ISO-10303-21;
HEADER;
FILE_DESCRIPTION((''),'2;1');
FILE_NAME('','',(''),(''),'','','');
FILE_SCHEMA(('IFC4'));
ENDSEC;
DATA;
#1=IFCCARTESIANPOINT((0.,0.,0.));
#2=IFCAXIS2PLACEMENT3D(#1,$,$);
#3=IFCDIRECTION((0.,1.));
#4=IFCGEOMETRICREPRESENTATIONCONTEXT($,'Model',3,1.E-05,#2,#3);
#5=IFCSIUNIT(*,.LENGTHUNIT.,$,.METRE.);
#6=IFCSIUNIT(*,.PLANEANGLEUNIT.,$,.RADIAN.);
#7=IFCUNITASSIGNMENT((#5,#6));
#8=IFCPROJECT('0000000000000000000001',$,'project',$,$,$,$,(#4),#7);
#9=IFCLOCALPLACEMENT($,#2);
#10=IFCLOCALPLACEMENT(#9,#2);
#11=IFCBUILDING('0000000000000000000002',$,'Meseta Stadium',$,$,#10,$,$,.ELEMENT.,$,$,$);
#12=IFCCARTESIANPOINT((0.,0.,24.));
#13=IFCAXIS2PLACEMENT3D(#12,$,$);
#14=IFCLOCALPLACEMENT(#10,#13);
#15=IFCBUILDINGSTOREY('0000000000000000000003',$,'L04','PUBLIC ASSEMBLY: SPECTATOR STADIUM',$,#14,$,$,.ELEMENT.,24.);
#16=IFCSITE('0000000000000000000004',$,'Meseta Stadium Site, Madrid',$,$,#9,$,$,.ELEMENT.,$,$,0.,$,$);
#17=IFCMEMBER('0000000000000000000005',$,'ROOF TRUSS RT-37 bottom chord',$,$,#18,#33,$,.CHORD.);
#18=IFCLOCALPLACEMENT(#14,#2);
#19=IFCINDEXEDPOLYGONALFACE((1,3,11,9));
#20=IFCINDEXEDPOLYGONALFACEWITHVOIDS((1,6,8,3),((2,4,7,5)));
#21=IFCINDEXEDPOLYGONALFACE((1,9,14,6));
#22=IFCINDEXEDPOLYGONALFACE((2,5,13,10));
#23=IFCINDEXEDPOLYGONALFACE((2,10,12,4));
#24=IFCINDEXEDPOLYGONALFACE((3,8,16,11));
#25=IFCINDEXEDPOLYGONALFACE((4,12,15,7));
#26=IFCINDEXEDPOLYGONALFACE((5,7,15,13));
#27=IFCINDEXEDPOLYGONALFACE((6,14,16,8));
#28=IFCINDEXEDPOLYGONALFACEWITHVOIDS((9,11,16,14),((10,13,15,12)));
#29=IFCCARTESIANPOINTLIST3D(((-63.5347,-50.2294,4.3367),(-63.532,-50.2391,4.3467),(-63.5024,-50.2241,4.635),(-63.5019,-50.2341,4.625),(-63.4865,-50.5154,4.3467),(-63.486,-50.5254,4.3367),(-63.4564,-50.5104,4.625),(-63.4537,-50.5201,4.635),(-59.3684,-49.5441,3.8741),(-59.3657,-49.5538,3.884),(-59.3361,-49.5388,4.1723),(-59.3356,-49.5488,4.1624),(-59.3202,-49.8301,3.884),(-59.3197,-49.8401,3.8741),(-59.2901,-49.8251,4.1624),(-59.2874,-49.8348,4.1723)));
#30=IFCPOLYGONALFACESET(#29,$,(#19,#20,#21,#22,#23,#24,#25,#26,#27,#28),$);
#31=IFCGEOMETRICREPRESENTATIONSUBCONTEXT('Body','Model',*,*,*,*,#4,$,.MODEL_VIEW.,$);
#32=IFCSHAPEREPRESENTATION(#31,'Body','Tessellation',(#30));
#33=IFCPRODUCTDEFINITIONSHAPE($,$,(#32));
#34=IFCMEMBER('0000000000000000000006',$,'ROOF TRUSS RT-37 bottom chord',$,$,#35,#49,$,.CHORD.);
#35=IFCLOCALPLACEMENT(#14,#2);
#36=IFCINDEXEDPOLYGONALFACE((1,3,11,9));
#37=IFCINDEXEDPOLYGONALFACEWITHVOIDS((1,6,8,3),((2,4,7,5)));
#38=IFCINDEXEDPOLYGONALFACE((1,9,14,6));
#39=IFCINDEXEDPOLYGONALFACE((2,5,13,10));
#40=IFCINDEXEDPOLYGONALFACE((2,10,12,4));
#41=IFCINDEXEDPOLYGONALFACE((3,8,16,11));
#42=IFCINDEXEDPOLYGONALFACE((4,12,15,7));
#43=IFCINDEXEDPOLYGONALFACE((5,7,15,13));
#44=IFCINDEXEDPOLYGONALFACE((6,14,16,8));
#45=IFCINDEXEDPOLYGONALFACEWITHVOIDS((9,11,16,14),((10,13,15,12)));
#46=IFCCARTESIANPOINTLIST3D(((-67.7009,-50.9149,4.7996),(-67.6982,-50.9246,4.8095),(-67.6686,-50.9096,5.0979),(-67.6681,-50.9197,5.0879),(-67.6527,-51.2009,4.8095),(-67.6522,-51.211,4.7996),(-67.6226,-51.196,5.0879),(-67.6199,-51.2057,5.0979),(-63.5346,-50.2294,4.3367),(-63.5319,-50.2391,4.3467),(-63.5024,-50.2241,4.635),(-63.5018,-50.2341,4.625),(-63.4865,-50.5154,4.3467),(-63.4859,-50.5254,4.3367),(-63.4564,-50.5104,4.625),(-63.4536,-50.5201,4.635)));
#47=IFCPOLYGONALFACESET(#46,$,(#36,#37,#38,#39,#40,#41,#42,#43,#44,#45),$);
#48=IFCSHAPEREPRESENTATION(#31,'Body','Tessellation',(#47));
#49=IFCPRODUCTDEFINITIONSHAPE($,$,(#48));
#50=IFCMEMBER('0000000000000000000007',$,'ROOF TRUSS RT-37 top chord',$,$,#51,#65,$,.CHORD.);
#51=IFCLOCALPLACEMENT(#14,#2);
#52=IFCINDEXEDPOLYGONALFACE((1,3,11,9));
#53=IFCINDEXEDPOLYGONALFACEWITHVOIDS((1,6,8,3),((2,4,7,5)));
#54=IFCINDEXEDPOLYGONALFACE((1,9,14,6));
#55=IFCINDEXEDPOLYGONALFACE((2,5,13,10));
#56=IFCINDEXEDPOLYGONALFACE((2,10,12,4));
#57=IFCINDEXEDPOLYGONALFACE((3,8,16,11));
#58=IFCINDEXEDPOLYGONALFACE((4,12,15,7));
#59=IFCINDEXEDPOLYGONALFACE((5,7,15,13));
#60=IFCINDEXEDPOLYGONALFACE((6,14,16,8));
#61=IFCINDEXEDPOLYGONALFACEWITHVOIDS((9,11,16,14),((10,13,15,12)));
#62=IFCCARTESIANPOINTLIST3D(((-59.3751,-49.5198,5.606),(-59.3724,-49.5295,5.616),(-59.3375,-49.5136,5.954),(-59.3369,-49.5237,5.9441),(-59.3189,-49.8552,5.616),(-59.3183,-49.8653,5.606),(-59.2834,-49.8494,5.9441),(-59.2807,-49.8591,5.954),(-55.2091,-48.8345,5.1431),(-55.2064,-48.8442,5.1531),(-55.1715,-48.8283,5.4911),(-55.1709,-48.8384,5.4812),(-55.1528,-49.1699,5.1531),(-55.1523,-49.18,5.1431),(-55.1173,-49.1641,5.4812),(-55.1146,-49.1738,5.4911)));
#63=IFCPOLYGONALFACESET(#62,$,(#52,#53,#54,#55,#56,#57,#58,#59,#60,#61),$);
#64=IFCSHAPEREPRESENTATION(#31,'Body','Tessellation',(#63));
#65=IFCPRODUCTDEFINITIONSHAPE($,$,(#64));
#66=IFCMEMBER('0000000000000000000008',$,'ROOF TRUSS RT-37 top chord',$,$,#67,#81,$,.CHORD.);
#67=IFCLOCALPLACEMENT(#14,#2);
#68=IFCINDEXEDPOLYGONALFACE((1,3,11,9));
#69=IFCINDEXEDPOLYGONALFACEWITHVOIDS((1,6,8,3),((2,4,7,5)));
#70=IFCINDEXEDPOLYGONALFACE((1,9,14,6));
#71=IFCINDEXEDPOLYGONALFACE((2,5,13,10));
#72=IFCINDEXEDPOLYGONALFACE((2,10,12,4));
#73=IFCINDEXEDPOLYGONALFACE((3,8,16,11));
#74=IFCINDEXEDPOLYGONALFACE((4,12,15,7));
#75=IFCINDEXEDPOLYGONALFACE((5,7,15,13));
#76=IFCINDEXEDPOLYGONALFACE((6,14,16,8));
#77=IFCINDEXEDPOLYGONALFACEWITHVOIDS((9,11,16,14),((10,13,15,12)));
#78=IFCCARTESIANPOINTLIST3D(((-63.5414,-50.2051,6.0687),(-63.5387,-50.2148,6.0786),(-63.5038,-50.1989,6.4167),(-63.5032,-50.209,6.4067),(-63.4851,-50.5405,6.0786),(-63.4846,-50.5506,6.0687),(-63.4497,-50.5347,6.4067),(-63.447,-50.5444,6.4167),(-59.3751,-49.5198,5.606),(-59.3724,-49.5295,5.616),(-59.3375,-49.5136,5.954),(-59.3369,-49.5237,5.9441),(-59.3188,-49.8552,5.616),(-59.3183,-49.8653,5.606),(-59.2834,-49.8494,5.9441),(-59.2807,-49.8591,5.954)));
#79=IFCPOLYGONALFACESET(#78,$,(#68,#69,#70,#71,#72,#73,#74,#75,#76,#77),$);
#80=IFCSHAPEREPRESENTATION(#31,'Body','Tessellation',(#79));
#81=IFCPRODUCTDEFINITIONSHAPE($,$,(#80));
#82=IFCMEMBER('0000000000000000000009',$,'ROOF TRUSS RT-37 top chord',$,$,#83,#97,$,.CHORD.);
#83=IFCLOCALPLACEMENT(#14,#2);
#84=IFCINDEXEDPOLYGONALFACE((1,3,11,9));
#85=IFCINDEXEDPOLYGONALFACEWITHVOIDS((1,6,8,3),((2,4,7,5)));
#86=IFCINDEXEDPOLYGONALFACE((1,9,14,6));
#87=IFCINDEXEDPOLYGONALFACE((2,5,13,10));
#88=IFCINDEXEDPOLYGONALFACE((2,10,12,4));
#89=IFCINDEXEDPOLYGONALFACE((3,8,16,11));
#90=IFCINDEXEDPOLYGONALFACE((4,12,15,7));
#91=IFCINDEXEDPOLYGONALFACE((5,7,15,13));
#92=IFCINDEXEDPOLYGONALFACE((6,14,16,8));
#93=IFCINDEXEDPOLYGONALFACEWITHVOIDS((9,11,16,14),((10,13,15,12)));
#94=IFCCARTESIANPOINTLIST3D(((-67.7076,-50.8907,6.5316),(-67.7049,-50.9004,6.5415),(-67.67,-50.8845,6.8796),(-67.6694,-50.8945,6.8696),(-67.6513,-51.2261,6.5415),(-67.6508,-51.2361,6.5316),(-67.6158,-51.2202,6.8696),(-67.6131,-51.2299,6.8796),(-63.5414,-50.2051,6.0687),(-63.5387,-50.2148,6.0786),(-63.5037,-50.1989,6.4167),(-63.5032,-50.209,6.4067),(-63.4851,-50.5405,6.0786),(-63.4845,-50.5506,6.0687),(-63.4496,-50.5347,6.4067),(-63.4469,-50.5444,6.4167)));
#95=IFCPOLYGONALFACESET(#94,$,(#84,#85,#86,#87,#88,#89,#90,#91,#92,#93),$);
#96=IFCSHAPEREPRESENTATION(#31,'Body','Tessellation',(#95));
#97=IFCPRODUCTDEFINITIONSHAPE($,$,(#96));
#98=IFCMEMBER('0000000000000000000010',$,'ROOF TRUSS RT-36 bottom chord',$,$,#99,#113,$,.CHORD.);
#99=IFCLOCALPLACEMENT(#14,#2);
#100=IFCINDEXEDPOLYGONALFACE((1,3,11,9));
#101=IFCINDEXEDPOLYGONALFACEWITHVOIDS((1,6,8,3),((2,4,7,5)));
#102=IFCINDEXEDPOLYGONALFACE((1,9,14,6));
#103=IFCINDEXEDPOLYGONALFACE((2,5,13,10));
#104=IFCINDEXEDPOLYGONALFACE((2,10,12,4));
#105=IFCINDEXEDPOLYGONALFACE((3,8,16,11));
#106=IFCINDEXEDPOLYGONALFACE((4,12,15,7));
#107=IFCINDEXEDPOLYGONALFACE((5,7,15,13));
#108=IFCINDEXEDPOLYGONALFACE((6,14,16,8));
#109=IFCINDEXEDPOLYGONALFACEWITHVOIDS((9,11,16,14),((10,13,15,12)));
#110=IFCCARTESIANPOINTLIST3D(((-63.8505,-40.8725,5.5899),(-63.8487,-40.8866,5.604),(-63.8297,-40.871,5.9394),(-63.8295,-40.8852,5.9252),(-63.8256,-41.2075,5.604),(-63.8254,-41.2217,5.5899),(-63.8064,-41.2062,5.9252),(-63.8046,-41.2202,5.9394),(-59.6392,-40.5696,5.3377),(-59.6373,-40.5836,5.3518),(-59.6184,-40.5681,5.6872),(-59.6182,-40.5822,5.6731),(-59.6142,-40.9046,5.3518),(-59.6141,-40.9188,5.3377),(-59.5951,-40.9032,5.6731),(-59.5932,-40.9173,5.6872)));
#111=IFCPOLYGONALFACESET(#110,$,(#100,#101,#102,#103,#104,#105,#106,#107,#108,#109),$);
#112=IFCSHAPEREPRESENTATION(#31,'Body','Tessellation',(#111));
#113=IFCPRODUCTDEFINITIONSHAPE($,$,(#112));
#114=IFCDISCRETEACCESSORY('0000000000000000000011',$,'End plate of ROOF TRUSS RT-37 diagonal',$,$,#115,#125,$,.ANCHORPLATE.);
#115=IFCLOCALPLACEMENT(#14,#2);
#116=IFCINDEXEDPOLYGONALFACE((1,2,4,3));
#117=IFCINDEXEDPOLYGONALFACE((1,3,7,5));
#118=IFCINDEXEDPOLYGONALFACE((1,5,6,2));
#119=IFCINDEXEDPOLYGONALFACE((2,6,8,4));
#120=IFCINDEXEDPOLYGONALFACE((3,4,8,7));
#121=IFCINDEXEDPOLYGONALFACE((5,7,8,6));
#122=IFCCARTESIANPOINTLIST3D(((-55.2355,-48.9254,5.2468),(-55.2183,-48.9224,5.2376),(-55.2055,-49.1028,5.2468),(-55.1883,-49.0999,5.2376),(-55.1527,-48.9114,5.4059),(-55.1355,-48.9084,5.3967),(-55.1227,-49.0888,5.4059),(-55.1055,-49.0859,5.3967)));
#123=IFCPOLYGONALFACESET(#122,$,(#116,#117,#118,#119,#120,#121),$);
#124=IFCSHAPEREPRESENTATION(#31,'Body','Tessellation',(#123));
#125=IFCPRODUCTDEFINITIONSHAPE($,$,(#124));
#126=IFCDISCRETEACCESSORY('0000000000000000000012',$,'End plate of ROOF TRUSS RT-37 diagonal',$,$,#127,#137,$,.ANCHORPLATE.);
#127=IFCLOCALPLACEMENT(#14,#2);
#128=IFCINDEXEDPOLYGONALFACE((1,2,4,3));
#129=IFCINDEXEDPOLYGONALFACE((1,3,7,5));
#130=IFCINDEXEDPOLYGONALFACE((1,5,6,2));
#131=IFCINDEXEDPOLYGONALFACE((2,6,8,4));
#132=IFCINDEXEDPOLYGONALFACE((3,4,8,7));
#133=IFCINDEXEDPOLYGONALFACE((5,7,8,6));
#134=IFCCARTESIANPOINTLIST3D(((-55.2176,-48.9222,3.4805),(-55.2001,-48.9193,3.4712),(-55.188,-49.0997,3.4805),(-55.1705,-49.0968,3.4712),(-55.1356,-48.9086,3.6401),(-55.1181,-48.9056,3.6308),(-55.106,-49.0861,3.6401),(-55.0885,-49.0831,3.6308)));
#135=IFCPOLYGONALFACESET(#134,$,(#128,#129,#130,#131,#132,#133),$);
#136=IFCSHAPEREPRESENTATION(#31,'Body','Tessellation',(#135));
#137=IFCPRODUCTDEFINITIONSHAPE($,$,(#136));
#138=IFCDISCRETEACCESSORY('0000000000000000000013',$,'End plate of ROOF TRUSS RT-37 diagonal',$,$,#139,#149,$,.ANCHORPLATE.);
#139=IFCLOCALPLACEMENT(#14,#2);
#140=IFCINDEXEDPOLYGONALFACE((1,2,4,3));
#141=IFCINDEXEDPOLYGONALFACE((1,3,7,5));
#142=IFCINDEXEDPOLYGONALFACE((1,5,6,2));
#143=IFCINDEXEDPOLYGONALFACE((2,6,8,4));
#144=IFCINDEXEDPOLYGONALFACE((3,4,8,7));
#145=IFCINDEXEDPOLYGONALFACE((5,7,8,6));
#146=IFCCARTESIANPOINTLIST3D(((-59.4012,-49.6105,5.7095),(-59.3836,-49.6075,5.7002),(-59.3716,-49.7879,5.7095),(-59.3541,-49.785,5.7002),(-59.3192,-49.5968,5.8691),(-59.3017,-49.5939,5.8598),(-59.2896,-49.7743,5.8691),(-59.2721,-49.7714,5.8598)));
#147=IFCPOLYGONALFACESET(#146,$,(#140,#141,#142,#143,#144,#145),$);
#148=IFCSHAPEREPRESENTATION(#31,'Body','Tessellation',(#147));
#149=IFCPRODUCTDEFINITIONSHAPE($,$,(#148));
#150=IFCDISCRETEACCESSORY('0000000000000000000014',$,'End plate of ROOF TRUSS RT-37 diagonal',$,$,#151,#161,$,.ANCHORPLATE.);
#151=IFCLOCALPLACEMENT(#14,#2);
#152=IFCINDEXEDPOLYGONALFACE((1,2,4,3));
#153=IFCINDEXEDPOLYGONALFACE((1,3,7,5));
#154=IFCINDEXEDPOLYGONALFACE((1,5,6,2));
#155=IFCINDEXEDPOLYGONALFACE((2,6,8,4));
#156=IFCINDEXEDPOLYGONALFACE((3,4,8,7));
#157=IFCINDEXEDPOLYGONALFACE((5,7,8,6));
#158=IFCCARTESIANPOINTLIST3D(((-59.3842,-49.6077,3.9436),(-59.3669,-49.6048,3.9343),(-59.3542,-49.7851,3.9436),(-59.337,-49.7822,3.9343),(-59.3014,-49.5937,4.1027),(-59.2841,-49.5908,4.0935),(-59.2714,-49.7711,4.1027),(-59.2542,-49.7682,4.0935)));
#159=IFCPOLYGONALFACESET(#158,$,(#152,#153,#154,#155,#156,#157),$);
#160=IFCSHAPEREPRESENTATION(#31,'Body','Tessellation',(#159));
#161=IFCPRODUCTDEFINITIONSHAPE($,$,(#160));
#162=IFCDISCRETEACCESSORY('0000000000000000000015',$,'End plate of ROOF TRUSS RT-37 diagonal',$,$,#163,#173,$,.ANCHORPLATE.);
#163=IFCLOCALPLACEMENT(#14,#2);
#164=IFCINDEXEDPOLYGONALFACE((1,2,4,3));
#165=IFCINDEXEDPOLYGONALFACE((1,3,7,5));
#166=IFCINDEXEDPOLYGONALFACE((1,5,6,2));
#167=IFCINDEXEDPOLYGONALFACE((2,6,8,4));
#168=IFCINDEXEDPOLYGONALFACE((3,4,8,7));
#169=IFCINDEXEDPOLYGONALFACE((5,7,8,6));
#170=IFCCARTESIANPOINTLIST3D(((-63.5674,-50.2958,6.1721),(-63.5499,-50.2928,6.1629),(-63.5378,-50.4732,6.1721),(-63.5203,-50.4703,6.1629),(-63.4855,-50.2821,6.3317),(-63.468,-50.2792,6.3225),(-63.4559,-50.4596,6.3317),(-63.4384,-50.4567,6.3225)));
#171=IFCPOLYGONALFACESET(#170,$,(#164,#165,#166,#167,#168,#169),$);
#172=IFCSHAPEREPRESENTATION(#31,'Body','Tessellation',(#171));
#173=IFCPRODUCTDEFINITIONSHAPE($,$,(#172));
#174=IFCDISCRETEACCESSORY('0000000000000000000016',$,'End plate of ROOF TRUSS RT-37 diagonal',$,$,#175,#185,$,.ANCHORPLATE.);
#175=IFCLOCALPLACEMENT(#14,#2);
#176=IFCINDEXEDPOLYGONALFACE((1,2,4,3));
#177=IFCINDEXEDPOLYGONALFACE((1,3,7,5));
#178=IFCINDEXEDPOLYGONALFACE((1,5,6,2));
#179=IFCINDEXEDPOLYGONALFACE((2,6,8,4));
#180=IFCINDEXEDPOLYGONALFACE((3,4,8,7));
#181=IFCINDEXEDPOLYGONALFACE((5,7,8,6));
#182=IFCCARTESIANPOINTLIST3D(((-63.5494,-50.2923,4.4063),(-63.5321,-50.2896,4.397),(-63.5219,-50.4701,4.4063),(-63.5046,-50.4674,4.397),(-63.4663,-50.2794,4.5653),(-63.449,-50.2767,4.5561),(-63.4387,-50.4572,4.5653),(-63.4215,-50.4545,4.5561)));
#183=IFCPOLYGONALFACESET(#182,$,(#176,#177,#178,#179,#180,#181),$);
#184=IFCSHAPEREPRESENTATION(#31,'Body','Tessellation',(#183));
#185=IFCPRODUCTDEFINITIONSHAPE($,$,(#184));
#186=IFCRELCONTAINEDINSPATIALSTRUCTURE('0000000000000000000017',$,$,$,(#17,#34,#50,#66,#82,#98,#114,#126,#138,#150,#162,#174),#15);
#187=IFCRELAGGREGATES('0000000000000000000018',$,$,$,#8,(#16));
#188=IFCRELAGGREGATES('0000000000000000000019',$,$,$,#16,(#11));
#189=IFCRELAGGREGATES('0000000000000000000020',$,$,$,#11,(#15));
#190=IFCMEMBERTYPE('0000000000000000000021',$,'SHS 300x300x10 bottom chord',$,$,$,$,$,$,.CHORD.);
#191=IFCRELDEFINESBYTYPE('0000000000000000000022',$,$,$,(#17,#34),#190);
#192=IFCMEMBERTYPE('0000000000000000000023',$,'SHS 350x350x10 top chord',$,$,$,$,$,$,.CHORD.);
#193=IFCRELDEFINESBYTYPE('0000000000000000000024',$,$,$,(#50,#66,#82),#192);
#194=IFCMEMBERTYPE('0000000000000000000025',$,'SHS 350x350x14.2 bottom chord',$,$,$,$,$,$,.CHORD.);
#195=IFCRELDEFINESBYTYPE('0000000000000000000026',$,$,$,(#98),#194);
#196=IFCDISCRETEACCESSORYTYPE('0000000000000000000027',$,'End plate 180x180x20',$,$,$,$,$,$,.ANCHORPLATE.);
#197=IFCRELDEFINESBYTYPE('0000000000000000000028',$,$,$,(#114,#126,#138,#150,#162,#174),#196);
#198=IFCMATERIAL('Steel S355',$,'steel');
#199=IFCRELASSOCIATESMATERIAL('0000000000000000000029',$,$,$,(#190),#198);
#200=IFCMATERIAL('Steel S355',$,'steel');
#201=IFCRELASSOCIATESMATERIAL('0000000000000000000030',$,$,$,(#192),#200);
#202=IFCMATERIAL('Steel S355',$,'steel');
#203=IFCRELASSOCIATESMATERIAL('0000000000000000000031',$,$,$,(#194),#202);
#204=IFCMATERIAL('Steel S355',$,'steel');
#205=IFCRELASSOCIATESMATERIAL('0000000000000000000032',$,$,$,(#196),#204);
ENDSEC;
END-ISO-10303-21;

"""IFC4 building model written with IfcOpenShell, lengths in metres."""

from ifc_helpers import new_model, si_unit, direction, frame, origin, origin_2d, place, context, subcontext, project, spatial, rectangle, hollow_rectangle, extrude, material, material_profile, profile_set, type_object, element, save


model = new_model("IFC4")

# Units and contexts
model_context = context("Model", 3, precision=1e-05, world=origin(), true_north=direction((0.0, 1.0)))
body_context = subcontext(model_context, "Body", "Model", "MODEL_VIEW")
ifc_project = project(units=[si_unit("LENGTHUNIT", "METRE"), si_unit("PLANEANGLEUNIT", "RADIAN")], contexts=[model_context])

# Site, building, storey
site_placement = place(None, origin())
site = spatial("IfcSite", under=ifc_project, at=site_placement, Name="Meseta Stadium Site, Madrid", CompositionType="ELEMENT", RefElevation=0.0)
building_placement = place(site_placement, origin())
building = spatial("IfcBuilding", under=site, at=building_placement, Name="Meseta Stadium", CompositionType="ELEMENT")
storey_placement = place(building_placement, frame((0.0, 0.0, 24.0)))
storey = spatial("IfcBuildingStorey", under=building, at=storey_placement, Name="L04", Description="PUBLIC ASSEMBLY: SPECTATOR STADIUM", CompositionType="ELEMENT", Elevation=24.0)

# Members
ifc_material_1 = material(Name="Steel S355", Category="steel")
ifc_material_profile_1 = material_profile(ifc_material_1, hollow_rectangle(XDim=0.3, YDim=0.3, WallThickness=0.01, at=origin_2d()), Name="SHS 300x300x10")
ifc_profile_set_1 = profile_set([ifc_material_profile_1], Name="Steel S355")
member_type_1 = type_object("IfcMemberType", Name="SHS 300x300x10 bottom chord", PredefinedType="CHORD", material=ifc_profile_set_1)
for number, where, z_axis, x_axis, name in (
    (1, (-59.3279, -49.6895, 4.0232), (-0.980869, -0.161342, 0.108922), (0.162308, -0.98674, 0.0), "ROOF TRUSS RT-37 bottom chord"),
    (2, (-63.4941, -50.3748, 4.4858), (-0.980854, -0.161397, 0.108977), (0.162364, -0.986731, 0.0), "ROOF TRUSS RT-37 bottom chord"),
):
    element("IfcMember", number, at=place(storey_placement, frame(where, z_axis=z_axis, x_axis=x_axis)), inside=storey, type_object=member_type_1, Name=name, PredefinedType="CHORD", context=body_context, shape_type="SweptSolid", body=[
        extrude(hollow_rectangle(XDim=0.3, YDim=0.3, WallThickness=0.01, at=origin_2d()), origin(), (0.0, 0.0, 1.0), 4.2476),
    ])
ifc_material_2 = material(Name="Steel S355", Category="steel")
ifc_material_profile_2 = material_profile(ifc_material_2, hollow_rectangle(XDim=0.3501, YDim=0.3501, WallThickness=0.01, at=origin_2d()), Name="SHS 350x350x10")
ifc_profile_set_2 = profile_set([ifc_material_profile_2], Name="Steel S355")
member_type_2 = type_object("IfcMemberType", Name="SHS 350x350x10 top chord", PredefinedType="CHORD", material=ifc_profile_set_2)
member_1_placement = place(storey_placement, frame((-55.1619, -49.0042, 5.3171), z_axis=(-0.980861, -0.16135, 0.108985), x_axis=(0.162317, -0.986739, 0.0)))
element("IfcMember", 3, at=member_1_placement, inside=storey, type_object=member_type_2, Name="ROOF TRUSS RT-37 top chord", PredefinedType="CHORD", context=body_context, shape_type="SweptSolid", body=[
    extrude(hollow_rectangle(XDim=0.3501, YDim=0.3501, WallThickness=0.01, at=origin_2d()), origin(), (0.0, 0.0, 1.0), 4.2473),
])
for number, where, z_axis, x_axis, name in (
    (4, (-59.3279, -49.6895, 5.78), (-0.980869, -0.161342, 0.108922), (0.162308, -0.98674, 0.0), "ROOF TRUSS RT-37 top chord"),
    (5, (-63.4941, -50.3748, 6.2427), (-0.980854, -0.161397, 0.108977), (0.162364, -0.986731, 0.0), "ROOF TRUSS RT-37 top chord"),
):
    element("IfcMember", number, at=place(storey_placement, frame(where, z_axis=z_axis, x_axis=x_axis)), inside=storey, type_object=member_type_2, Name=name, PredefinedType="CHORD", context=body_context, shape_type="SweptSolid", body=[
        extrude(hollow_rectangle(XDim=0.3501, YDim=0.3501, WallThickness=0.01, at=origin_2d()), origin(), (0.0, 0.0, 1.0), 4.2476),
    ])
ifc_material_3 = material(Name="Steel S355", Category="steel")
ifc_material_profile_3 = material_profile(ifc_material_3, hollow_rectangle(XDim=0.3501, YDim=0.3501, WallThickness=0.0142, at=origin_2d()), Name="SHS 350x350x14.2")
ifc_profile_set_3 = profile_set([ifc_material_profile_3], Name="Steel S355")
member_type_3 = type_object("IfcMemberType", Name="SHS 350x350x14.2 bottom chord", PredefinedType="CHORD", material=ifc_profile_set_3)
member_2_placement = place(storey_placement, frame((-59.6162, -40.7434, 5.5125), z_axis=(-0.995648, -0.071629, 0.059623), x_axis=(0.071757, -0.997422, 0.0)))
element("IfcMember", 6, at=member_2_placement, inside=storey, type_object=member_type_3, Name="ROOF TRUSS RT-36 bottom chord", PredefinedType="CHORD", context=body_context, shape_type="SweptSolid", body=[
    extrude(hollow_rectangle(XDim=0.3501, YDim=0.3501, WallThickness=0.0142, at=origin_2d()), origin(), (0.0, 0.0, 1.0), 4.2297),
])

# Discrete accessories
ifc_material_4 = material(Name="Steel S355", Category="steel")
ifc_material_profile_4 = material_profile(ifc_material_4, rectangle(XDim=0.1799, YDim=0.1799, at=origin_2d()), Name="PL 180x180")
ifc_profile_set_4 = profile_set([ifc_material_profile_4], Name="Steel S355")
discrete_accessory_type_1 = type_object("IfcDiscreteAccessoryType", Name="End plate 180x180x20", PredefinedType="ANCHORPLATE", material=ifc_profile_set_4)
discrete_accessory_1_placement = place(storey_placement, frame((-55.1619, -49.0042, 5.3171), z_axis=(-0.872036, -0.147386, 0.466723), x_axis=(0.166651, -0.986016, 0.0)))
element("IfcDiscreteAccessory", 7, at=discrete_accessory_1_placement, inside=storey, type_object=discrete_accessory_type_1, Name="End plate of ROOF TRUSS RT-37 diagonal", PredefinedType="ANCHORPLATE", context=body_context, shape_type="SweptSolid", body=[
    extrude(rectangle(XDim=0.1799, YDim=0.1799, at=origin_2d()), origin(), (0.0, 0.0, 1.0), 0.0198),
])
for number, where, z_axis, x_axis, name in (
    (8, (-55.1443, -49.0012, 3.551), (-0.874931, -0.145822, 0.461769), (0.164399, -0.986394, 0.0), "End plate of ROOF TRUSS RT-37 diagonal"),
    (9, (-59.3279, -49.6895, 5.78), (-0.874931, -0.145822, 0.461769), (0.164399, -0.986394, 0.0), "End plate of ROOF TRUSS RT-37 diagonal"),
):
    element("IfcDiscreteAccessory", number, at=place(storey_placement, frame(where, z_axis=z_axis, x_axis=x_axis)), inside=storey, type_object=discrete_accessory_type_1, Name=name, PredefinedType="ANCHORPLATE", context=body_context, shape_type="SweptSolid", body=[
        extrude(rectangle(XDim=0.1799, YDim=0.1799, at=origin_2d()), origin(), (0.0, 0.0, 1.0), 0.02),
    ])
discrete_accessory_2_placement = place(storey_placement, frame((-59.3105, -49.6865, 4.0139), z_axis=(-0.872036, -0.147386, 0.466723), x_axis=(0.166651, -0.986016, 0.0)))
element("IfcDiscreteAccessory", 10, at=discrete_accessory_2_placement, inside=storey, type_object=discrete_accessory_type_1, Name="End plate of ROOF TRUSS RT-37 diagonal", PredefinedType="ANCHORPLATE", context=body_context, shape_type="SweptSolid", body=[
    extrude(rectangle(XDim=0.1799, YDim=0.1799, at=origin_2d()), origin(), (0.0, 0.0, 1.0), 0.0198),
])
discrete_accessory_3_placement = place(storey_placement, frame((-63.4941, -50.3748, 6.2427), z_axis=(-0.874931, -0.145822, 0.461769), x_axis=(0.164399, -0.986394, 0.0)))
element("IfcDiscreteAccessory", 11, at=discrete_accessory_3_placement, inside=storey, type_object=discrete_accessory_type_1, Name="End plate of ROOF TRUSS RT-37 diagonal", PredefinedType="ANCHORPLATE", context=body_context, shape_type="SweptSolid", body=[
    extrude(rectangle(XDim=0.1799, YDim=0.1799, at=origin_2d()), origin(), (0.0, 0.0, 1.0), 0.02),
])
discrete_accessory_4_placement = place(storey_placement, frame((-63.4768, -50.3721, 4.4766), z_axis=(-0.873553, -0.135339, 0.467535), x_axis=(0.153103, -0.98821, 0.0)))
element("IfcDiscreteAccessory", 12, at=discrete_accessory_4_placement, inside=storey, type_object=discrete_accessory_type_1, Name="End plate of ROOF TRUSS RT-37 diagonal", PredefinedType="ANCHORPLATE", context=body_context, shape_type="SweptSolid", body=[
    extrude(rectangle(XDim=0.1799, YDim=0.1799, at=origin_2d()), origin(), (0.0, 0.0, 1.0), 0.0198),
])

save(model, "model.ifc")
